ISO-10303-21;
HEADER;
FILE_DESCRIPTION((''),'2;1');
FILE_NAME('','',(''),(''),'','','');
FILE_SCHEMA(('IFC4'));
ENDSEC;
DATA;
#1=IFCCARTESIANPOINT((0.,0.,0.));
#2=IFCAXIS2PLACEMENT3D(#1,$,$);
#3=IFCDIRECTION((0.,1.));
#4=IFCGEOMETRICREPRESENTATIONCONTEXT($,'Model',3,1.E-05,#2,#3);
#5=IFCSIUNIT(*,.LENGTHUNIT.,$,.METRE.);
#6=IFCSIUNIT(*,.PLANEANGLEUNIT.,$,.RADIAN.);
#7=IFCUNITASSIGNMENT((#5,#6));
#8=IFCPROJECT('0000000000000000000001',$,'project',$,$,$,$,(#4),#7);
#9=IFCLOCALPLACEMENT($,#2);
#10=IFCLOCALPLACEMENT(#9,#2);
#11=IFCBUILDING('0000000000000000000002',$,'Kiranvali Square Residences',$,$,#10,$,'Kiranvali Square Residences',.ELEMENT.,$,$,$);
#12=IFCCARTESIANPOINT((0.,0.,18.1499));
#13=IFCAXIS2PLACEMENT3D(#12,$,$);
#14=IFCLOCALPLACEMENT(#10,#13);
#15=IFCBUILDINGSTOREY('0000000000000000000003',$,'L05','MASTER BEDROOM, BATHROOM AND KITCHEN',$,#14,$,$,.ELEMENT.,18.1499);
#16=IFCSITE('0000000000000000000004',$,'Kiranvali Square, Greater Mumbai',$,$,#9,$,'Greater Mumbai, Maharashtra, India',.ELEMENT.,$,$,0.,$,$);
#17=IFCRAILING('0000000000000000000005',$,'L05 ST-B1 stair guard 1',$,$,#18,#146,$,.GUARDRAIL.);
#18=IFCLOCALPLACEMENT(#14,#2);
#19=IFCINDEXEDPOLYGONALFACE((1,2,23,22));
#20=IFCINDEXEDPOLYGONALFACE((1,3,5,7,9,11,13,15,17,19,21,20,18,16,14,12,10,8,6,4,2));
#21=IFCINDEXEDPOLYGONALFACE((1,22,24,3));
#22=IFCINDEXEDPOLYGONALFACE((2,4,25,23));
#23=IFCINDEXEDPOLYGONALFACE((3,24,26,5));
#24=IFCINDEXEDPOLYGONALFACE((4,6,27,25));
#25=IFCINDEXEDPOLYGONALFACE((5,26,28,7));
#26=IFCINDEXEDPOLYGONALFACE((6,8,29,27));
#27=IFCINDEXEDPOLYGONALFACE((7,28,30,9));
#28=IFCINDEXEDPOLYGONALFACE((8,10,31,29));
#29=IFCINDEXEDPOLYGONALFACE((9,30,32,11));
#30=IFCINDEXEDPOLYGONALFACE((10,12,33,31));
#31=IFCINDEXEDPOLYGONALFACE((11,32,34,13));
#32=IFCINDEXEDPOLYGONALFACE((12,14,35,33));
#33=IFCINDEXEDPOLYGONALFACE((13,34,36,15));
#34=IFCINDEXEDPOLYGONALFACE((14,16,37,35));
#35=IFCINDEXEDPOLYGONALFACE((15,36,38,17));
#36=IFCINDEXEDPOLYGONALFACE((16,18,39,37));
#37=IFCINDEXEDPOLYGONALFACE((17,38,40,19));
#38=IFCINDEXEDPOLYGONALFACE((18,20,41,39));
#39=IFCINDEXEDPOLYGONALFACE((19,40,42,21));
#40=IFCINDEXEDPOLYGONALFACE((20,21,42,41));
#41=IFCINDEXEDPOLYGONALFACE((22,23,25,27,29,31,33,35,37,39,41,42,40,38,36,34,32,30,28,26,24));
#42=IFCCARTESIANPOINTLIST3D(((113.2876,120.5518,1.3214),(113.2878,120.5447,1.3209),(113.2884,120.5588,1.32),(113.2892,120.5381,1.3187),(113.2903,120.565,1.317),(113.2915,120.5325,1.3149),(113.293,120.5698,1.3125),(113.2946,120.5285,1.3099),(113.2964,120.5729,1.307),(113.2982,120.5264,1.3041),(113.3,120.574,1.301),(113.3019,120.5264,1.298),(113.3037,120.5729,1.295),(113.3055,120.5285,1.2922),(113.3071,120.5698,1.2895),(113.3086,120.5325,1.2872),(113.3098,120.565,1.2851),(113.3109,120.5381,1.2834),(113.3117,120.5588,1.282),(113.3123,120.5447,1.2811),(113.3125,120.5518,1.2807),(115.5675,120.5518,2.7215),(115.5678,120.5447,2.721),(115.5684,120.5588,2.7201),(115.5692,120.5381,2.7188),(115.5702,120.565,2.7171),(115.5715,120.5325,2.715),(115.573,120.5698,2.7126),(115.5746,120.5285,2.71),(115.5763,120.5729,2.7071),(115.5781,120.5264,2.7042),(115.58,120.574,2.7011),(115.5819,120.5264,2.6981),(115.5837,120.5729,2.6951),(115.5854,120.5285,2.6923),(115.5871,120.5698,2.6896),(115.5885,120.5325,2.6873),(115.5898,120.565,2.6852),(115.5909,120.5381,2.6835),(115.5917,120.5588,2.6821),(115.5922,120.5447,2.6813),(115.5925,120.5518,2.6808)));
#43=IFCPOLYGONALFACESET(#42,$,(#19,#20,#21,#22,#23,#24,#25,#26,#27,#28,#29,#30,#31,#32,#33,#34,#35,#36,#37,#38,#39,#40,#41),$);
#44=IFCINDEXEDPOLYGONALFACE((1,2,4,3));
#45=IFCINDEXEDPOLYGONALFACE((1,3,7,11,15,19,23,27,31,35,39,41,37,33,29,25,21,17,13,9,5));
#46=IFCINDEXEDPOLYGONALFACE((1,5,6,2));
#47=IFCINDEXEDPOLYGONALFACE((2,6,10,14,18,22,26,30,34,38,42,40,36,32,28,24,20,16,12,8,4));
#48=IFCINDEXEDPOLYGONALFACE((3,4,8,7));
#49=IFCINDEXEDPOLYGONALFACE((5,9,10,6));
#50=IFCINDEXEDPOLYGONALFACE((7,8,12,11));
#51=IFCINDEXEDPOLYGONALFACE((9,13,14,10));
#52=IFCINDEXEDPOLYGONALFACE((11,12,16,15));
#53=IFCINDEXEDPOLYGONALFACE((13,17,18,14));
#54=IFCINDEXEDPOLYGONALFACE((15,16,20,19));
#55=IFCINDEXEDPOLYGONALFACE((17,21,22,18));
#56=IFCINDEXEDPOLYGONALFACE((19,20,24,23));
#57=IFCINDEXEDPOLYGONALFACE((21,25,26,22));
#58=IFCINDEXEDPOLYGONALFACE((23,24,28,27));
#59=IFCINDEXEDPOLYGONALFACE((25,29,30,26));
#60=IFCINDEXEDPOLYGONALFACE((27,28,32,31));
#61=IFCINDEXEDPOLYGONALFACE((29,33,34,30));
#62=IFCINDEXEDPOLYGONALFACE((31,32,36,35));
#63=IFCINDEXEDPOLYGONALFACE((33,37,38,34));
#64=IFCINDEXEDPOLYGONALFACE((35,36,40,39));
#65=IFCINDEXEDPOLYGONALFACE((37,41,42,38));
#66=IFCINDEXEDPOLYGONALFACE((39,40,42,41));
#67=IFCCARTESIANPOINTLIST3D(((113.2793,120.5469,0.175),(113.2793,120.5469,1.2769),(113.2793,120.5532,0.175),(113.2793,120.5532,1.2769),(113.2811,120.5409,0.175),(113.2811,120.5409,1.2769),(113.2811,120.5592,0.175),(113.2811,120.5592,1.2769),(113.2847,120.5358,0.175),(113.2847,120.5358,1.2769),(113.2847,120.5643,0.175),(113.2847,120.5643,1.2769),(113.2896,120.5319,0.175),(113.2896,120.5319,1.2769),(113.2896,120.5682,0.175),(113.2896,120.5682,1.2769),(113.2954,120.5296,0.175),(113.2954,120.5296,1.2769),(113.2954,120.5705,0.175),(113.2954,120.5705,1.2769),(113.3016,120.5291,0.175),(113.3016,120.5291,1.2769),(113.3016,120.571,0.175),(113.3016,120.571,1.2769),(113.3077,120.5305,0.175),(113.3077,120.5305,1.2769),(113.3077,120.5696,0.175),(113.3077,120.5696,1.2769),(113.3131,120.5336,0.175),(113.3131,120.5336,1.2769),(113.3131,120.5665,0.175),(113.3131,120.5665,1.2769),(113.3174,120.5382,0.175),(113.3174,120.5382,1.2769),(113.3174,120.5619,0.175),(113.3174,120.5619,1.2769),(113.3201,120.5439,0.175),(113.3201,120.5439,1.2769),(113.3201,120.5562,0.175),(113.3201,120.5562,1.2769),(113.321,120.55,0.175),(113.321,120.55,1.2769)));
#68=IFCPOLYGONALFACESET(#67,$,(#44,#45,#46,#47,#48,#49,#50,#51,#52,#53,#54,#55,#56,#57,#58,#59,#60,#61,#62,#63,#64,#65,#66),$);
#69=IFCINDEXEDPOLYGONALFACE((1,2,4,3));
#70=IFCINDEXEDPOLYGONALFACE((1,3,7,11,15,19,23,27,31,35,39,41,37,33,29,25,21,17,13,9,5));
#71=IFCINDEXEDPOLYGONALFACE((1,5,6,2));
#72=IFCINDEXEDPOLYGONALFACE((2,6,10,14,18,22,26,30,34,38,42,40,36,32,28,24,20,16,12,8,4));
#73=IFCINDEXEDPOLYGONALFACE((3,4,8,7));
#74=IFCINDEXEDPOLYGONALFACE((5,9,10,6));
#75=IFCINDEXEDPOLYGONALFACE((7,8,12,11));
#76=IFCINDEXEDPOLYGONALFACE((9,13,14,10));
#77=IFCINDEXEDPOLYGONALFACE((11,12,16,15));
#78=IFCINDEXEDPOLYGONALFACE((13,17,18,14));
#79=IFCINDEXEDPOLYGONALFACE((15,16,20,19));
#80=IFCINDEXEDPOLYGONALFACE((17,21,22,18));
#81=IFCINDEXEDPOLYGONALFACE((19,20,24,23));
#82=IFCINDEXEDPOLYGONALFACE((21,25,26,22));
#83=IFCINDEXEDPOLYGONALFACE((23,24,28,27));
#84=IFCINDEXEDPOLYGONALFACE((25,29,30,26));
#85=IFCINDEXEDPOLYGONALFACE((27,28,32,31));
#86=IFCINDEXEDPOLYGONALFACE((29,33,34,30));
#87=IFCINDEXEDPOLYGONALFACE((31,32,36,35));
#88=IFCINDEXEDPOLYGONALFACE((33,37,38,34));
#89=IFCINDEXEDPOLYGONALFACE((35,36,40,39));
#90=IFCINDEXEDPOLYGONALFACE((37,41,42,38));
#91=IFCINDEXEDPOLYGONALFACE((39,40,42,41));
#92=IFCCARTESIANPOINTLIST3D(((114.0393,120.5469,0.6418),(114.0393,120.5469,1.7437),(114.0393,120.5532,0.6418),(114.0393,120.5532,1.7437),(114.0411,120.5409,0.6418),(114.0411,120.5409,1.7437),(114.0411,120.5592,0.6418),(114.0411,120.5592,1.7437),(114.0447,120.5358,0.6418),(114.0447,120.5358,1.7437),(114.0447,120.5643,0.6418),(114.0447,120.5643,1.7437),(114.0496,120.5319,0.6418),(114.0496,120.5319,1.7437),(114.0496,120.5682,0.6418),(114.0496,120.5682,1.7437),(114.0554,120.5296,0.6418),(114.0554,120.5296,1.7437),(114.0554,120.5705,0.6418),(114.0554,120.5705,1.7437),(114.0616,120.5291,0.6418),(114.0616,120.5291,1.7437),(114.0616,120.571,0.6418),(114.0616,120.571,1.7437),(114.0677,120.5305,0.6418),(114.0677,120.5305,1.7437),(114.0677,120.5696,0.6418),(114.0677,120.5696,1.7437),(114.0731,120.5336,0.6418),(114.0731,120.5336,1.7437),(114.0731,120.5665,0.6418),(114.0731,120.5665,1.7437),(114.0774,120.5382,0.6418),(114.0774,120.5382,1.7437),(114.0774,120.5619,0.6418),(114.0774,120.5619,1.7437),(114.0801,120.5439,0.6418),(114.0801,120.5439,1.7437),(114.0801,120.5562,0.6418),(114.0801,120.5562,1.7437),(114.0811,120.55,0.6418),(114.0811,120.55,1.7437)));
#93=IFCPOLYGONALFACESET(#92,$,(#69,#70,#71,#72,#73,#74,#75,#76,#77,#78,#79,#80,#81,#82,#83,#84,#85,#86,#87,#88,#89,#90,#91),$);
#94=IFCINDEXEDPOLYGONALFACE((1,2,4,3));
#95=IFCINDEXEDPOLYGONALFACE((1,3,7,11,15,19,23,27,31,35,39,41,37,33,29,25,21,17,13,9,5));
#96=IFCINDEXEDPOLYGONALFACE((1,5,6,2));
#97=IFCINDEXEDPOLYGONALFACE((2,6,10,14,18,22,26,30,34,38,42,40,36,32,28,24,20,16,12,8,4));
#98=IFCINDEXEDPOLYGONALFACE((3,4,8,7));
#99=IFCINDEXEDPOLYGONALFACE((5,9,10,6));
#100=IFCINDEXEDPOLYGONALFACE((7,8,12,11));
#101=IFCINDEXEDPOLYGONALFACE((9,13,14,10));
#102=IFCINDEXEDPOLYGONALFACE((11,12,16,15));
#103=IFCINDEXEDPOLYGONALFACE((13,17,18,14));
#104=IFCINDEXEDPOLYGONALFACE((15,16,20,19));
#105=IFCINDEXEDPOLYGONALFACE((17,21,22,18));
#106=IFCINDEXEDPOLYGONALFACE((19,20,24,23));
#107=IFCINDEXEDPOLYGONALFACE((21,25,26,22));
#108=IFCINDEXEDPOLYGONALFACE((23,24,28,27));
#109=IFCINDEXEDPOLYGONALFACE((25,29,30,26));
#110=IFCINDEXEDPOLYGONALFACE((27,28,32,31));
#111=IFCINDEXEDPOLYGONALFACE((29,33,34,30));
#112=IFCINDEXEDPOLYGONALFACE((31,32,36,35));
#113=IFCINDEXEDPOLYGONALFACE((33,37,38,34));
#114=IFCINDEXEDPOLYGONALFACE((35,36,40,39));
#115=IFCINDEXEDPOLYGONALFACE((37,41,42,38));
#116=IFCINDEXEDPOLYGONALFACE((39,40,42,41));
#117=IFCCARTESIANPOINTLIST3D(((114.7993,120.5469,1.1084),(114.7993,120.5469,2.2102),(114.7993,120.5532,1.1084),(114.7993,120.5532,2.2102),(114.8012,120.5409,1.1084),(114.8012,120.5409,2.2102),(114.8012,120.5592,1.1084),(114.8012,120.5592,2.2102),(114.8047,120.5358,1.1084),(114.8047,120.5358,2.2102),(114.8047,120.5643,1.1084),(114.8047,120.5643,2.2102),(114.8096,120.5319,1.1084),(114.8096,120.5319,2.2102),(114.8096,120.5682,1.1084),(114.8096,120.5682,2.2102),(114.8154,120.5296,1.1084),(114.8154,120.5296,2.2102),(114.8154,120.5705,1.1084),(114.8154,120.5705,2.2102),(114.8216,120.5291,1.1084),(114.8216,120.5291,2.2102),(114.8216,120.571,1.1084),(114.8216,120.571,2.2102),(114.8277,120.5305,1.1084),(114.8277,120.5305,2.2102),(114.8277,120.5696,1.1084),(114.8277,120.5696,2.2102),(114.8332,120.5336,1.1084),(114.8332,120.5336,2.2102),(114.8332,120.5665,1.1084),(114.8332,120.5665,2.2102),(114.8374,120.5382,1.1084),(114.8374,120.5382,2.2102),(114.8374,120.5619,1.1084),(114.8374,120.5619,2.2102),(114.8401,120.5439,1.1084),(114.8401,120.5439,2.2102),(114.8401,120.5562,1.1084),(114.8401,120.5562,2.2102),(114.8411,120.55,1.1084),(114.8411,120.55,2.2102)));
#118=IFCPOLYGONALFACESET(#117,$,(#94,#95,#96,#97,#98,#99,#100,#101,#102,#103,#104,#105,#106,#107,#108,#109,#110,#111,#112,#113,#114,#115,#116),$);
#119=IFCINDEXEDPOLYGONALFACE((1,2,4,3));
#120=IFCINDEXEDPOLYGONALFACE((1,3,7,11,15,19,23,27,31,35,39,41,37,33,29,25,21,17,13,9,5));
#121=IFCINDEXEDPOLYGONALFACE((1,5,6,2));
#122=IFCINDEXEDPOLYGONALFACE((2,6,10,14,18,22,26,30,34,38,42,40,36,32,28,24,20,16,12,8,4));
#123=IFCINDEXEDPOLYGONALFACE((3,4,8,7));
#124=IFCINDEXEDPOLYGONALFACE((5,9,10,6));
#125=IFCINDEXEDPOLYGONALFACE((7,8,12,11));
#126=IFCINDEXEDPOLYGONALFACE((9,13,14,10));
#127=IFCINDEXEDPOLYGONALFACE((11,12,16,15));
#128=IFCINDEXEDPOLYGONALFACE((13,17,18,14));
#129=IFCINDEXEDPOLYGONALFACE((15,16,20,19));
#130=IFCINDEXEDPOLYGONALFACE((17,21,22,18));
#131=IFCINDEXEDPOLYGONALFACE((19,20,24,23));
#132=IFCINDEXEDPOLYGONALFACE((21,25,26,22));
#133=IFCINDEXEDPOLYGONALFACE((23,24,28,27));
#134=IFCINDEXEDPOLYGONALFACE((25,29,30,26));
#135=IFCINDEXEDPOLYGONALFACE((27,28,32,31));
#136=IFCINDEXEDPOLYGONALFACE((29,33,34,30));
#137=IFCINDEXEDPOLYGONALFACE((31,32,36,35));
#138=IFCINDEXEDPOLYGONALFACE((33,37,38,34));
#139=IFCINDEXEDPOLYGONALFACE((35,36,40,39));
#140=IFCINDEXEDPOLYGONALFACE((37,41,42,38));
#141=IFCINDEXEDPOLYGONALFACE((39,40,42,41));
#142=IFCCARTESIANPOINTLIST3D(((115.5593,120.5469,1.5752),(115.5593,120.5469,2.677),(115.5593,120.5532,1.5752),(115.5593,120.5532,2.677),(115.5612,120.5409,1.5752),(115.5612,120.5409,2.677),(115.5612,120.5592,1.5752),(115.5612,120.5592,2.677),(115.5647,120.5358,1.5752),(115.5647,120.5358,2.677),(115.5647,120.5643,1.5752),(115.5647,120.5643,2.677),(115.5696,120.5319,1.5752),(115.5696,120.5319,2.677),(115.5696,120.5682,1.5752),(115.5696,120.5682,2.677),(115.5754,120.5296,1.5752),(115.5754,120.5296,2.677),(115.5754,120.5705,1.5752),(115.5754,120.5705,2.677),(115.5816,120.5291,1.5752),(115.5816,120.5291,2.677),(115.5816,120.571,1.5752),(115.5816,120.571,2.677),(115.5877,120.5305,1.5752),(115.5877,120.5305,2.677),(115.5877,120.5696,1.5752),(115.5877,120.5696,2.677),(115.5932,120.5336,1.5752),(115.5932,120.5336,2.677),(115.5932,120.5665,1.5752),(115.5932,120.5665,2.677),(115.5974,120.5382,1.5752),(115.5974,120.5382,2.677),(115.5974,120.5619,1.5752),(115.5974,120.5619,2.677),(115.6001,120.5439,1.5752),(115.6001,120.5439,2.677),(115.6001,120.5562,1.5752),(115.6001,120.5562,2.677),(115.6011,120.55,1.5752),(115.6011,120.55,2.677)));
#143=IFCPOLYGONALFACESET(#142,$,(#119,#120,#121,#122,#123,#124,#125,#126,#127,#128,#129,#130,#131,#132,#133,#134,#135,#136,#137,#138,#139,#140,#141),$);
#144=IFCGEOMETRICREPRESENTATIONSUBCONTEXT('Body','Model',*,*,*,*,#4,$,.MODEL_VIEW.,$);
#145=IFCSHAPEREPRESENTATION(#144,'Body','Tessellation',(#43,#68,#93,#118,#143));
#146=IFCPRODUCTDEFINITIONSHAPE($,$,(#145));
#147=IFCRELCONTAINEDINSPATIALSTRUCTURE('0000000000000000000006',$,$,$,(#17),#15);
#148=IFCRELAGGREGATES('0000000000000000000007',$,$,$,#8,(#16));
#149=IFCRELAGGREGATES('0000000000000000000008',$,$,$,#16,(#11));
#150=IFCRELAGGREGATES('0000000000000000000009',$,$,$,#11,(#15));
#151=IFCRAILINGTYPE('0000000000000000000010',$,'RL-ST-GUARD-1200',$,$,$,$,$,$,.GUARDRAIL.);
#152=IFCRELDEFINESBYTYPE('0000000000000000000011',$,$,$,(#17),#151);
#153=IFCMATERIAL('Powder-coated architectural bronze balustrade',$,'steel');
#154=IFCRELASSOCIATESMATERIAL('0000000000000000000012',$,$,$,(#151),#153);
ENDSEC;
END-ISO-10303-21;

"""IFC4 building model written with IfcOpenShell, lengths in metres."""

from ifc_helpers import new_model, si_unit, direction, frame, origin, origin_2d, place, context, subcontext, project, spatial, circle, extrude, material, type_object, element, save


model = new_model("IFC4")

# Units and contexts
model_context = context("Model", 3, precision=1e-05, world=origin(), true_north=direction((0.0, 1.0)))
body_context = subcontext(model_context, "Body", "Model", "MODEL_VIEW")
ifc_project = project(units=[si_unit("LENGTHUNIT", "METRE"), si_unit("PLANEANGLEUNIT", "RADIAN")], contexts=[model_context])

# Site, building, storey
site_placement = place(None, origin())
site = spatial("IfcSite", under=ifc_project, at=site_placement, Name="Kiranvali Square, Greater Mumbai", LongName="Greater Mumbai, Maharashtra, India", CompositionType="ELEMENT", RefElevation=0.0)
building_placement = place(site_placement, origin())
building = spatial("IfcBuilding", under=site, at=building_placement, Name="Kiranvali Square Residences", LongName="Kiranvali Square Residences", CompositionType="ELEMENT")
storey_placement = place(building_placement, frame((0.0, 0.0, 18.1499)))
storey = spatial("IfcBuildingStorey", under=building, at=storey_placement, Name="L05", Description="MASTER BEDROOM, BATHROOM AND KITCHEN", CompositionType="ELEMENT", Elevation=18.1499)

# Railing
ifc_material_1 = material(Name="Powder-coated architectural bronze balustrade", Category="steel")
railing_type_1 = type_object("IfcRailingType", Name="RL-ST-GUARD-1200", PredefinedType="GUARDRAIL", material=ifc_material_1)
railing_1_placement = place(storey_placement, frame((113.3, 120.55, 0.175)))
element("IfcRailing", 1, at=railing_1_placement, inside=storey, type_object=railing_type_1, Name="L05 ST-B1 stair guard 1", PredefinedType="GUARDRAIL", context=body_context, shape_type="SweptSolid", body=[
    extrude(circle(Radius=0.0239, at=origin_2d()), frame((0.0, 0.0, 1.126), z_axis=(0.85215, 0.0, 0.523298), x_axis=(0.0, 1.0, 0.0)), (0.0, 0.0, 1.0), 2.6755),
    extrude(circle(Radius=0.021, at=origin_2d()), origin(), (0.0, 0.0, 1.0), 1.1018),
    extrude(circle(Radius=0.021, at=origin_2d()), frame((0.76, 0.0, 0.4668)), (0.0, 0.0, 1.0), 1.1018),
    extrude(circle(Radius=0.021, at=origin_2d()), frame((1.52, 0.0, 0.9333)), (0.0, 0.0, 1.0), 1.1018),
    extrude(circle(Radius=0.021, at=origin_2d()), frame((2.28, 0.0, 1.4001)), (0.0, 0.0, 1.0), 1.1018),
])

save(model, "model.ifc")
